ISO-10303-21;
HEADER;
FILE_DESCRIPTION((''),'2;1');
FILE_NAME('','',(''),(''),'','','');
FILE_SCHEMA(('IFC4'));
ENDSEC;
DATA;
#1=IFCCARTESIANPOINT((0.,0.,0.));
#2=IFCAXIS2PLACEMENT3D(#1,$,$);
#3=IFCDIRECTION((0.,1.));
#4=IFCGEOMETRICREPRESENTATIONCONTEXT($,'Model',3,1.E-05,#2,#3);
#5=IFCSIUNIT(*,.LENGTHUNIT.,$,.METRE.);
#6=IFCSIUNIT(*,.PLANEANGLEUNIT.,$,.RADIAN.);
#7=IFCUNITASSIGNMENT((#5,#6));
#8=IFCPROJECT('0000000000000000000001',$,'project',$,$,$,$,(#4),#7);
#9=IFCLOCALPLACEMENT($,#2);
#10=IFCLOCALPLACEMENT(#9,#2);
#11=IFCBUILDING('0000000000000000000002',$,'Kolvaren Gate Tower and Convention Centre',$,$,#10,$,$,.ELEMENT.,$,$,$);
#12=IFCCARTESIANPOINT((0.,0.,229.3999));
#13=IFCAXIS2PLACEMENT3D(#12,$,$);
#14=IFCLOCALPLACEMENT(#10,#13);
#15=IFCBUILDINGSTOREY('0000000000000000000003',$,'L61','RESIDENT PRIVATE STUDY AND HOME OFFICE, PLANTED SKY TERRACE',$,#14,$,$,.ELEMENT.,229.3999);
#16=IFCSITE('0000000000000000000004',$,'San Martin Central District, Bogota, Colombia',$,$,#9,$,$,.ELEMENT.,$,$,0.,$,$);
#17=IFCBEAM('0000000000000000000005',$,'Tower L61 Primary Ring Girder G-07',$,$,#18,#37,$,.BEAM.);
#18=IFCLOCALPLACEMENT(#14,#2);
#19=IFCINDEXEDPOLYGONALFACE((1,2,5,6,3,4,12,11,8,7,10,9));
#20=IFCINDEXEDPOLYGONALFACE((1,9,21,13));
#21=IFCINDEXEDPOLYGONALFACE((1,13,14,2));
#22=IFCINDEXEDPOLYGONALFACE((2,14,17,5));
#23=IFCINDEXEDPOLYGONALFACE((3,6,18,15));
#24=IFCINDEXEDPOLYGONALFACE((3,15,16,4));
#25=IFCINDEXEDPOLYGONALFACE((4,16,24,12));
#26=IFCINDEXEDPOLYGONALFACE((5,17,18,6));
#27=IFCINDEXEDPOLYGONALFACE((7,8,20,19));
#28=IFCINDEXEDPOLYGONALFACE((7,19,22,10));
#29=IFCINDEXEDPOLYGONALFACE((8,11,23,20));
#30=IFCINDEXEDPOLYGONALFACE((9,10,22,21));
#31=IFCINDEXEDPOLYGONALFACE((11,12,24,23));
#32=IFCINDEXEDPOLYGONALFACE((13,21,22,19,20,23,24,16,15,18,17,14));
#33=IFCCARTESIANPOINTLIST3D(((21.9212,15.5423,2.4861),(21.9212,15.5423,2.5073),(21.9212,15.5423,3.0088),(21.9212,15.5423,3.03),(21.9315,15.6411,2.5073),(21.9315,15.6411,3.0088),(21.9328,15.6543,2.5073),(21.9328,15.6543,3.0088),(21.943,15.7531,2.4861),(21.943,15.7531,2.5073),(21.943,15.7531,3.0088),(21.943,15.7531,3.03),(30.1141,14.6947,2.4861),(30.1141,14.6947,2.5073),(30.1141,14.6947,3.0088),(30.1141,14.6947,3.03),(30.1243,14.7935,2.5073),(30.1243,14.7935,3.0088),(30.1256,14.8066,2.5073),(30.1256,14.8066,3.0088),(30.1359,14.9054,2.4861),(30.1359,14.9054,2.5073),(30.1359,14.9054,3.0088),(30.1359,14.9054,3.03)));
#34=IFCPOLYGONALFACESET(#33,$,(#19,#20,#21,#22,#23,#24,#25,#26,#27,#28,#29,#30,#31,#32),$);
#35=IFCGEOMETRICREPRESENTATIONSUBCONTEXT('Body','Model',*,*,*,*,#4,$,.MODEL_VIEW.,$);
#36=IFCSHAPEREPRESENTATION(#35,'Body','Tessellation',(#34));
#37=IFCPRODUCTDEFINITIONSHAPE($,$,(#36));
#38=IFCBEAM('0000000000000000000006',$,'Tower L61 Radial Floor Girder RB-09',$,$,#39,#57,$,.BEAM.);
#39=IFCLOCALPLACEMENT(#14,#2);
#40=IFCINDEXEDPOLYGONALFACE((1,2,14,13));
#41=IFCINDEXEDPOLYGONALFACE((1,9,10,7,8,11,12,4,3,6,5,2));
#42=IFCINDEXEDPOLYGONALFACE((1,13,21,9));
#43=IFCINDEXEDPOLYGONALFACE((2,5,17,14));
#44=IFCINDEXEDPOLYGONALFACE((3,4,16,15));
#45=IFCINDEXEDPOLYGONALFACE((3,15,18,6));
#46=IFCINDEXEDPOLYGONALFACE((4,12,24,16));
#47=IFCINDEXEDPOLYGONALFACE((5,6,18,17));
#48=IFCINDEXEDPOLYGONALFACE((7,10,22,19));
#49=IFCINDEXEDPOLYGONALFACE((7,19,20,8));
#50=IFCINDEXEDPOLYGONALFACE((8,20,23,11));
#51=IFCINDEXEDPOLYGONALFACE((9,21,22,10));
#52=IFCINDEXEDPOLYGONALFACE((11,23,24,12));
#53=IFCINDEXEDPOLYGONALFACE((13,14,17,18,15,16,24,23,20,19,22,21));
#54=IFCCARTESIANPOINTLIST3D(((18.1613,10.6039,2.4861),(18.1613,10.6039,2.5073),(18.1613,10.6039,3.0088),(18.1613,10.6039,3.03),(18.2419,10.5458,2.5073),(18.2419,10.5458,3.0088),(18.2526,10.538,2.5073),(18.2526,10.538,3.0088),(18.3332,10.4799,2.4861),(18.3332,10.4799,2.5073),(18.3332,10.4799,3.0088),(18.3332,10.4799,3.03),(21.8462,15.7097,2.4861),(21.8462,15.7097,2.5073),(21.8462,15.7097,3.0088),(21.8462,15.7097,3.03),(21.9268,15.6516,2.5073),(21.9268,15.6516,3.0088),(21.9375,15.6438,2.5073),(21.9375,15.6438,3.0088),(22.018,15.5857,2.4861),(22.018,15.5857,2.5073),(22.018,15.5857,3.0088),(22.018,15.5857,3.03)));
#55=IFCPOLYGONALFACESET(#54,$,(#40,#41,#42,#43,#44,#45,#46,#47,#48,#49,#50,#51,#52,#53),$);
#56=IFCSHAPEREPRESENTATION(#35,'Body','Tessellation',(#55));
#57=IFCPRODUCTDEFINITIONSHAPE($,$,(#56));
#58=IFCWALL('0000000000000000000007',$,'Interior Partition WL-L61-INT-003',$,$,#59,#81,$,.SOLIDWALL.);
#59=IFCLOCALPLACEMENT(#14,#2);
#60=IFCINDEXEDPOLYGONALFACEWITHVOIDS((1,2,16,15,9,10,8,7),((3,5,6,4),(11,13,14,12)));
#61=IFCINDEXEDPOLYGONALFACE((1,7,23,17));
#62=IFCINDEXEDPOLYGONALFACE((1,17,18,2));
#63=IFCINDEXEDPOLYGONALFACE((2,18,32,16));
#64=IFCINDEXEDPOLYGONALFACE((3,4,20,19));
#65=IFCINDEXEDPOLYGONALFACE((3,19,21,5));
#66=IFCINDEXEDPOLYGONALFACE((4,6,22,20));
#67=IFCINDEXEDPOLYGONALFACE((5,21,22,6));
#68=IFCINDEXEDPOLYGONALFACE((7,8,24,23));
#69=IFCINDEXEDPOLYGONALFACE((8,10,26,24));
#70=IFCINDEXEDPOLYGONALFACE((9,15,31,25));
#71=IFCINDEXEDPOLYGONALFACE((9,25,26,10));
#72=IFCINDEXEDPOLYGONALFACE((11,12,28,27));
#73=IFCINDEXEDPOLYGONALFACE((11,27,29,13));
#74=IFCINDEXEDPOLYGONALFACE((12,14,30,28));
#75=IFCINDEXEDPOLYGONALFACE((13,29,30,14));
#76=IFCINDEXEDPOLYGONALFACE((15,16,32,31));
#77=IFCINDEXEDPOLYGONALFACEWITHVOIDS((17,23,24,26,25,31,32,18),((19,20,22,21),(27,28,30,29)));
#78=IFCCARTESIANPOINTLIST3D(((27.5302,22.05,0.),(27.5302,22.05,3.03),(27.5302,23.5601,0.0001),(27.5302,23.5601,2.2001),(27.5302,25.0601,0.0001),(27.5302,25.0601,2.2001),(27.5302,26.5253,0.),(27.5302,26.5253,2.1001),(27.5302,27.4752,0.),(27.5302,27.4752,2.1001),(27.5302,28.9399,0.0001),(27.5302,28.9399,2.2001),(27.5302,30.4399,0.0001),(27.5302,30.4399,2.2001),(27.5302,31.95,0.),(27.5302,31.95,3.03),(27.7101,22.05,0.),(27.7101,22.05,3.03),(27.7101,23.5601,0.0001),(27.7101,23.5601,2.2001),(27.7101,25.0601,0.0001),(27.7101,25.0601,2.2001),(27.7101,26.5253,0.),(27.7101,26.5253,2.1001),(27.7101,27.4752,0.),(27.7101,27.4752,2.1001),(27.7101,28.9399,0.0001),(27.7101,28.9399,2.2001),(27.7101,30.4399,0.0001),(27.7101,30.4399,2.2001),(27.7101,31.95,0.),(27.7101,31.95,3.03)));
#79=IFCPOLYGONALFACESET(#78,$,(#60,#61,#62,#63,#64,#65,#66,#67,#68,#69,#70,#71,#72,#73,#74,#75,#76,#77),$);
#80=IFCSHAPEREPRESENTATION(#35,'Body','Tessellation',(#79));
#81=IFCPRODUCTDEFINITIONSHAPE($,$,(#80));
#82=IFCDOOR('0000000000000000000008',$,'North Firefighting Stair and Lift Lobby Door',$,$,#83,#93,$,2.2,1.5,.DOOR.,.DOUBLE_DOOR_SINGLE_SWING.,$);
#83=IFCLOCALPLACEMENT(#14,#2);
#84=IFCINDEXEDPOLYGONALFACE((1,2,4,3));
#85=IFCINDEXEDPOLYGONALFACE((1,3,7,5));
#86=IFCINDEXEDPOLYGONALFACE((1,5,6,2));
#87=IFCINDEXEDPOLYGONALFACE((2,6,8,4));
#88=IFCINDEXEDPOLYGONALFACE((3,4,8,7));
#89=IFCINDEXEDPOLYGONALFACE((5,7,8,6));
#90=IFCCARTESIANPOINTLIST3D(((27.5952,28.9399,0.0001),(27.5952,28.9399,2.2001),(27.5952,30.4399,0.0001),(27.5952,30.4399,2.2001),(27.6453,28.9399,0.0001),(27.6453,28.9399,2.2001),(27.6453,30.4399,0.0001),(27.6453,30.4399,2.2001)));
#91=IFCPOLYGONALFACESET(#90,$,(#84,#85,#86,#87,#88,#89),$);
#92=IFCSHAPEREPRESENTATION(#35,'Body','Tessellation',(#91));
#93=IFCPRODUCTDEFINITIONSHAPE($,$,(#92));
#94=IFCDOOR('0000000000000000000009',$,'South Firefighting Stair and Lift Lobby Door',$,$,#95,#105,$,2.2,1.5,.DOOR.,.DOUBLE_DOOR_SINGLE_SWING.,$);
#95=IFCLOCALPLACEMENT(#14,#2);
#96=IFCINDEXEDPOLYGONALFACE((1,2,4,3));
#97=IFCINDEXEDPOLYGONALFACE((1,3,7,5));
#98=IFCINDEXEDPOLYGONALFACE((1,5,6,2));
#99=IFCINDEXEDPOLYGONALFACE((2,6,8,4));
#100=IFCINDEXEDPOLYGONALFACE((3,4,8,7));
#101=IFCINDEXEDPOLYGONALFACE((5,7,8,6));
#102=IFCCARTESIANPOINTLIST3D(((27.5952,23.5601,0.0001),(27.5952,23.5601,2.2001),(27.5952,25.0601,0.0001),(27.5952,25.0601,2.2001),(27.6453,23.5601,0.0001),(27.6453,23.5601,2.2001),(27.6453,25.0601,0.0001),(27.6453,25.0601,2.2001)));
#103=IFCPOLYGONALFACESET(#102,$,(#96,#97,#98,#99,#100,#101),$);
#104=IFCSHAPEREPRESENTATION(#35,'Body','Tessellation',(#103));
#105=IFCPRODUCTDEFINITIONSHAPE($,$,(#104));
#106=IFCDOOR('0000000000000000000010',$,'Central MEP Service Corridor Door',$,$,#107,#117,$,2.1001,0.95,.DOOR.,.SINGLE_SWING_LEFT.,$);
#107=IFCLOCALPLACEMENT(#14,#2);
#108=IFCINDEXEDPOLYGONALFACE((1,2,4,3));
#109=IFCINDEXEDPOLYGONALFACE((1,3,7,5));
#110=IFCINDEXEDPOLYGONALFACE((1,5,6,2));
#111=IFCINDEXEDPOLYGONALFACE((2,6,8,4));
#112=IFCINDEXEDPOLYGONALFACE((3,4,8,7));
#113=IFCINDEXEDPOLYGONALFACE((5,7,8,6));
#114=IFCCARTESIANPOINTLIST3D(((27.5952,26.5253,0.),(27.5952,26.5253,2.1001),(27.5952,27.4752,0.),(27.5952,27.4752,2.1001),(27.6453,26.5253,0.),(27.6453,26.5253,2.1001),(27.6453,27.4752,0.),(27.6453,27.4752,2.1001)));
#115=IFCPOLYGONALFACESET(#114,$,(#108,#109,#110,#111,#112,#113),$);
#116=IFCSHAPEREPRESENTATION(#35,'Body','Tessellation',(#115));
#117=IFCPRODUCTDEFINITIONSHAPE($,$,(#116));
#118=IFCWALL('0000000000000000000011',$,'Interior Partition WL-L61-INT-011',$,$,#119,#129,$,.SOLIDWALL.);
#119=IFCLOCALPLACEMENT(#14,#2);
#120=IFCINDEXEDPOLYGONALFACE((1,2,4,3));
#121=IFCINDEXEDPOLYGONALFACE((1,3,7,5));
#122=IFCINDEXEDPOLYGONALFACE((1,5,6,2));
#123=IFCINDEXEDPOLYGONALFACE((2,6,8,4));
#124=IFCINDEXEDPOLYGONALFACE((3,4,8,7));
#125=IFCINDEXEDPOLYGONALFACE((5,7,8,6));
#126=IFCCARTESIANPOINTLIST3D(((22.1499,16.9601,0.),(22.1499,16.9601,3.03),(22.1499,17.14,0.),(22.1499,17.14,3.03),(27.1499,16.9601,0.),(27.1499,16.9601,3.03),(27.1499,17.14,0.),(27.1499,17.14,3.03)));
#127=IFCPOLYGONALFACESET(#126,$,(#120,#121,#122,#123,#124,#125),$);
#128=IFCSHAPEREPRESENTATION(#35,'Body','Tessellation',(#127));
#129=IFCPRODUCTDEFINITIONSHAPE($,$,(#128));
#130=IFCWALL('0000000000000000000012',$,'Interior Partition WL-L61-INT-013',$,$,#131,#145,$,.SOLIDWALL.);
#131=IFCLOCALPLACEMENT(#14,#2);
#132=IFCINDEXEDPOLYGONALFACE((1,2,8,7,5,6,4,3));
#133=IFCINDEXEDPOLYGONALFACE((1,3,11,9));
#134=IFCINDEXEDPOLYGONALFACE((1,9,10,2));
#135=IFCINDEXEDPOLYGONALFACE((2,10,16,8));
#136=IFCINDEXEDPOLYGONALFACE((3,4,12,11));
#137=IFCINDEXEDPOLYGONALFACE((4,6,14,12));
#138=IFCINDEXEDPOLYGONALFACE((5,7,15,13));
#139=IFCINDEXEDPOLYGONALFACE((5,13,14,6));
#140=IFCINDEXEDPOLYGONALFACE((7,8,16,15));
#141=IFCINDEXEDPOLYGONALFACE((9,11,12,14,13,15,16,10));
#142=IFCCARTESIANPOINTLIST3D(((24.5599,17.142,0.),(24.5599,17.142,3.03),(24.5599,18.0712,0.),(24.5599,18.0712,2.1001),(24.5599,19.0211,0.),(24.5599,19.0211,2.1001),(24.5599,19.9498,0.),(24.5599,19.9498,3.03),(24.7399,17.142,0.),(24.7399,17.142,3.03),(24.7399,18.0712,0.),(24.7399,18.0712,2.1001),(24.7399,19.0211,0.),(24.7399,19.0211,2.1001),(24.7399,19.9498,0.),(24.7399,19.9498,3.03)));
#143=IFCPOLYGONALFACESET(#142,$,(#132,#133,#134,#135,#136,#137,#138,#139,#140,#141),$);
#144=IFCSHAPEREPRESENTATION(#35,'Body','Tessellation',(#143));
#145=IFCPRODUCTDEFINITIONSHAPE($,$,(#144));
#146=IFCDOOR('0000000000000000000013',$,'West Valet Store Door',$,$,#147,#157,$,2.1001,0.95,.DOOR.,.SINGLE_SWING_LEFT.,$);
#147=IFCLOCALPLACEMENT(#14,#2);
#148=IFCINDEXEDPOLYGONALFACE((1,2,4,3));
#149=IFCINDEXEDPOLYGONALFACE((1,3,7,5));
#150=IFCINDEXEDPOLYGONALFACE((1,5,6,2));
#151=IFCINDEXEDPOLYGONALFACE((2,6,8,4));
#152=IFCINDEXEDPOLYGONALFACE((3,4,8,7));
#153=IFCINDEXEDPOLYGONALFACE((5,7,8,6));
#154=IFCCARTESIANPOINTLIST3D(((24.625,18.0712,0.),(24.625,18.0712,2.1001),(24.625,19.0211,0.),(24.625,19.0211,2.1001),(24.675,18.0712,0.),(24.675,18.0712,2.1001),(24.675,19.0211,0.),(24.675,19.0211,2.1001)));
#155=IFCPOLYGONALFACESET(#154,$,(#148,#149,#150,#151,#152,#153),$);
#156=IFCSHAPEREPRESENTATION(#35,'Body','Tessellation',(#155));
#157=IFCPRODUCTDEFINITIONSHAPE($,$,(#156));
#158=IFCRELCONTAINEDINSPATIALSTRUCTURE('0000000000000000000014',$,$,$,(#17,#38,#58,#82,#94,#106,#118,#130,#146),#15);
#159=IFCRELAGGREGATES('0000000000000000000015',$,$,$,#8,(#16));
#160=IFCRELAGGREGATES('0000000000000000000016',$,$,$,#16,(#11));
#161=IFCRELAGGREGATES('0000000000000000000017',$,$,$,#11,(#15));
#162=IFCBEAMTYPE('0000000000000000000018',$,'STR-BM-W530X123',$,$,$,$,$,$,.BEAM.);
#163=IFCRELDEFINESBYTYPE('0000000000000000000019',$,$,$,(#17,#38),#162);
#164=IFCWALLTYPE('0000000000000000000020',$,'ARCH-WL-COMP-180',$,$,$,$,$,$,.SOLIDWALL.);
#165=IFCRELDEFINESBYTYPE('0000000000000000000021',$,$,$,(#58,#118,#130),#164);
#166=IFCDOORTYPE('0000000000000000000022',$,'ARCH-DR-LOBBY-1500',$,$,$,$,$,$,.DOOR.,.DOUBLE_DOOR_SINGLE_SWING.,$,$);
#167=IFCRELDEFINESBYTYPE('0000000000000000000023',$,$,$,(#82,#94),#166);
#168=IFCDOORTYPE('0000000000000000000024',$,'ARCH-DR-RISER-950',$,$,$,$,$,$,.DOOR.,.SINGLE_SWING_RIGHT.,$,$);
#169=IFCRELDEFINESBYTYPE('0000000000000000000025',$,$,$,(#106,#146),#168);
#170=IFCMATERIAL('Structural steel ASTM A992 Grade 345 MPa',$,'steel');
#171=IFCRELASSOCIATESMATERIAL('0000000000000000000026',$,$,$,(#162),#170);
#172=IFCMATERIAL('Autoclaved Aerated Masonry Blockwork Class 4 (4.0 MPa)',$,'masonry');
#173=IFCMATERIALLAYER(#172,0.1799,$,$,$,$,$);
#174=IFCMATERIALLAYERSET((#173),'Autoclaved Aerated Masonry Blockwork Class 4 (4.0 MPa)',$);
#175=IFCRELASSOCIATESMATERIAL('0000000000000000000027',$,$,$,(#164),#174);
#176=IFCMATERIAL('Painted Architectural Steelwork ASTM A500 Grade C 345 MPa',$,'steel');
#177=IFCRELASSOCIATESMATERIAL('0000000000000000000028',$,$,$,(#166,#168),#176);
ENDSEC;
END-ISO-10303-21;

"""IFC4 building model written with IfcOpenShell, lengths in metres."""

from ifc_helpers import new_model, si_unit, direction, frame, frame_2d, origin, origin_2d, place, context, subcontext, project, spatial, rectangle, i_section, extrude, material, layer, layer_set, material_profile, profile_set, type_object, element, fill, save


model = new_model("IFC4")

# Units and contexts
model_context = context("Model", 3, precision=1e-05, world=origin(), true_north=direction((0.0, 1.0)))
body_context = subcontext(model_context, "Body", "Model", "MODEL_VIEW")
ifc_project = project(units=[si_unit("LENGTHUNIT", "METRE"), si_unit("PLANEANGLEUNIT", "RADIAN")], contexts=[model_context])

# Site, building, storey
site_placement = place(None, origin())
site = spatial("IfcSite", under=ifc_project, at=site_placement, Name="San Martin Central District, Bogota, Colombia", CompositionType="ELEMENT", RefElevation=0.0)
building_placement = place(site_placement, origin())
building = spatial("IfcBuilding", under=site, at=building_placement, Name="Kolvaren Gate Tower and Convention Centre", CompositionType="ELEMENT")
storey_placement = place(building_placement, frame((0.0, 0.0, 229.3999)))
storey = spatial("IfcBuildingStorey", under=building, at=storey_placement, Name="L61", Description="RESIDENT PRIVATE STUDY AND HOME OFFICE, PLANTED SKY TERRACE", CompositionType="ELEMENT", Elevation=229.3999)

# Beams
ifc_material_1 = material(Name="Structural steel ASTM A992 Grade 345 MPa", Category="steel")
ifc_material_profile = material_profile(ifc_material_1, i_section(OverallWidth=0.2119, OverallDepth=0.5439, WebThickness=0.0132, FlangeThickness=0.0212, at=origin_2d()), Name="W530X123")
ifc_profile_set = profile_set([ifc_material_profile], Name="Structural steel ASTM A992 Grade 345 MPa")
beam_type = type_object("IfcBeamType", Name="STR-BM-W530X123", PredefinedType="BEAM", material=ifc_profile_set)
beam_1_placement = place(storey_placement, frame((21.9321, 15.6477, 2.7581), z_axis=(0.99469, -0.102913, 0.0), x_axis=(0.102913, 0.99469, 0.0)))
element("IfcBeam", 1, at=beam_1_placement, inside=storey, type_object=beam_type, Name="Tower L61 Primary Ring Girder G-07", PredefinedType="BEAM", context=body_context, shape_type="SweptSolid", body=[
    extrude(i_section(OverallWidth=0.2119, OverallDepth=0.5439, WebThickness=0.0132, FlangeThickness=0.0212, at=origin_2d()), origin(), (0.0, 0.0, 1.0), 8.2366),
])
beam_2_placement = place(storey_placement, frame((21.9321, 15.6477, 2.7581), z_axis=(-0.585214, -0.810879, 0.0), x_axis=(0.810879, -0.585214, 0.0)))
element("IfcBeam", 2, at=beam_2_placement, inside=storey, type_object=beam_type, Name="Tower L61 Radial Floor Girder RB-09", PredefinedType="BEAM", context=body_context, shape_type="SweptSolid", body=[
    extrude(i_section(OverallWidth=0.2119, OverallDepth=0.5439, WebThickness=0.0132, FlangeThickness=0.0212, at=origin_2d()), origin(), (0.0, 0.0, 1.0), 6.2966),
])

# Wall, openings, doors
ifc_material_2 = material(Name="Autoclaved Aerated Masonry Blockwork Class 4 (4.0 MPa)", Category="masonry")
ifc_layer_1 = layer(ifc_material_2, 0.1799)
ifc_layer_set_1 = layer_set([ifc_layer_1], Name="Autoclaved Aerated Masonry Blockwork Class 4 (4.0 MPa)")
wall_type_1 = type_object("IfcWallType", Name="ARCH-WL-COMP-180", PredefinedType="SOLIDWALL", material=ifc_layer_set_1)
wall_1_placement = place(storey_placement, frame((27.6201, 22.05, 0.0), z_axis=(0.0, 0.0, 1.0), x_axis=(0.0, 1.0, 0.0)))
wall_1 = element("IfcWall", 3, at=wall_1_placement, inside=storey, type_object=wall_type_1, Name="Interior Partition WL-L61-INT-003", PredefinedType="SOLIDWALL", context=body_context, shape_type="SweptSolid", body=[
    extrude(rectangle(XDim=9.8999, YDim=0.1799, at=frame_2d((4.95, 0.0))), origin(), (0.0, 0.0, 1.0), 3.03),
])
opening_1_placement = place(wall_1_placement, frame((4.4751, 0.0, 0.0)))
opening_1 = element("IfcOpeningElement", 4, at=opening_1_placement, cuts=wall_1, PredefinedType="OPENING", context=body_context, shape_type="SweptSolid", body=[
    extrude(rectangle(XDim=0.95, YDim=2.1001, at=frame_2d((0.4751, 1.05))), frame((0.0, 0.0999, 0.0), z_axis=(0.0, -1.0, 0.0), x_axis=(1.0, 0.0, 0.0)), (0.0, 0.0, 1.0), 0.2),
])
opening_2_placement = place(wall_1_placement, frame((6.8899, 0.0, 0.0)))
opening_2 = element("IfcOpeningElement", 5, at=opening_2_placement, cuts=wall_1, PredefinedType="OPENING", context=body_context, shape_type="SweptSolid", body=[
    extrude(rectangle(XDim=1.5, YDim=2.2, at=frame_2d((0.75, 1.1001))), frame((0.0, 0.0999, 0.0), z_axis=(0.0, -1.0, 0.0), x_axis=(1.0, 0.0, 0.0)), (0.0, 0.0, 1.0), 0.2),
])
opening_3_placement = place(wall_1_placement, frame((1.51, 0.0, 0.0)))
opening_3 = element("IfcOpeningElement", 6, at=opening_3_placement, cuts=wall_1, PredefinedType="OPENING", context=body_context, shape_type="SweptSolid", body=[
    extrude(rectangle(XDim=1.5, YDim=2.2, at=frame_2d((0.75, 1.1001))), frame((0.0, 0.0999, 0.0), z_axis=(0.0, -1.0, 0.0), x_axis=(1.0, 0.0, 0.0)), (0.0, 0.0, 1.0), 0.2),
])
ifc_material_3 = material(Name="Painted Architectural Steelwork ASTM A500 Grade C 345 MPa", Category="steel")
door_type_1 = type_object("IfcDoorType", Name="ARCH-DR-LOBBY-1500", OperationType="DOUBLE_DOOR_SINGLE_SWING", PredefinedType="DOOR", material=ifc_material_3)
door_1_placement = place(opening_2_placement, origin())
door_1 = element("IfcDoor", 7, at=door_1_placement, inside=storey, type_object=door_type_1, Name="North Firefighting Stair and Lift Lobby Door", OperationType="DOUBLE_DOOR_SINGLE_SWING", OverallHeight=2.2, OverallWidth=1.5, PredefinedType="DOOR", context=body_context, shape_type="SweptSolid", body=[
    extrude(rectangle(XDim=1.5, YDim=2.2, at=frame_2d((0.75, 1.1001))), frame((0.0, 0.0249, 0.0), z_axis=(0.0, -1.0, 0.0), x_axis=(1.0, 0.0, 0.0)), (0.0, 0.0, 1.0), 0.05),
])
fill(opening_2, door_1)
door_2_placement = place(opening_3_placement, origin())
door_2 = element("IfcDoor", 8, at=door_2_placement, inside=storey, type_object=door_type_1, Name="South Firefighting Stair and Lift Lobby Door", OperationType="DOUBLE_DOOR_SINGLE_SWING", OverallHeight=2.2, OverallWidth=1.5, PredefinedType="DOOR", context=body_context, shape_type="SweptSolid", body=[
    extrude(rectangle(XDim=1.5, YDim=2.2, at=frame_2d((0.75, 1.1001))), frame((0.0, 0.0249, 0.0), z_axis=(0.0, -1.0, 0.0), x_axis=(1.0, 0.0, 0.0)), (0.0, 0.0, 1.0), 0.05),
])
fill(opening_3, door_2)
door_type_2 = type_object("IfcDoorType", Name="ARCH-DR-RISER-950", OperationType="SINGLE_SWING_RIGHT", PredefinedType="DOOR", material=ifc_material_3)
door_3_placement = place(opening_1_placement, origin())
door_3 = element("IfcDoor", 9, at=door_3_placement, inside=storey, type_object=door_type_2, Name="Central MEP Service Corridor Door", OperationType="SINGLE_SWING_LEFT", OverallHeight=2.1001, OverallWidth=0.95, PredefinedType="DOOR", context=body_context, shape_type="SweptSolid", body=[
    extrude(rectangle(XDim=0.95, YDim=2.1001, at=frame_2d((0.4751, 1.05))), frame((0.0, 0.0249, 0.0), z_axis=(0.0, -1.0, 0.0), x_axis=(1.0, 0.0, 0.0)), (0.0, 0.0, 1.0), 0.05),
])
fill(opening_1, door_3)

# Wall
wall_2_placement = place(storey_placement, frame((22.1499, 17.05, 0.0), z_axis=(0.0, 0.0, 1.0), x_axis=(1.0, 0.0, 0.0)))
element("IfcWall", 10, at=wall_2_placement, inside=storey, type_object=wall_type_1, Name="Interior Partition WL-L61-INT-011", PredefinedType="SOLIDWALL", context=body_context, shape_type="SweptSolid", body=[
    extrude(rectangle(XDim=5.0, YDim=0.1799, at=frame_2d((2.5, 0.0))), origin(), (0.0, 0.0, 1.0), 3.03),
])

# Wall, opening, door
wall_3_placement = place(storey_placement, frame((24.6499, 17.1421, 0.0), z_axis=(0.0, 0.0, 1.0), x_axis=(0.0, 1.0, 0.0)))
wall_3 = element("IfcWall", 11, at=wall_3_placement, inside=storey, type_object=wall_type_1, Name="Interior Partition WL-L61-INT-013", PredefinedType="SOLIDWALL", context=body_context, shape_type="SweptSolid", body=[
    extrude(rectangle(XDim=2.8079, YDim=0.1799, at=frame_2d((1.4038, 0.0))), origin(), (0.0, 0.0, 1.0), 3.03),
])
opening_4_placement = place(wall_3_placement, frame((0.929, 0.0, 0.0)))
opening_4 = element("IfcOpeningElement", 12, at=opening_4_placement, cuts=wall_3, PredefinedType="OPENING", context=body_context, shape_type="SweptSolid", body=[
    extrude(rectangle(XDim=0.95, YDim=2.1001, at=frame_2d((0.4751, 1.05))), frame((0.0, 0.0999, 0.0), z_axis=(0.0, -1.0, 0.0), x_axis=(1.0, 0.0, 0.0)), (0.0, 0.0, 1.0), 0.2),
])
door_4_placement = place(opening_4_placement, origin())
door_4 = element("IfcDoor", 13, at=door_4_placement, inside=storey, type_object=door_type_2, Name="West Valet Store Door", OperationType="SINGLE_SWING_LEFT", OverallHeight=2.1001, OverallWidth=0.95, PredefinedType="DOOR", context=body_context, shape_type="SweptSolid", body=[
    extrude(rectangle(XDim=0.95, YDim=2.1001, at=frame_2d((0.4751, 1.05))), frame((0.0, 0.0249, 0.0), z_axis=(0.0, -1.0, 0.0), x_axis=(1.0, 0.0, 0.0)), (0.0, 0.0, 1.0), 0.05),
])
fill(opening_4, door_4)

save(model, "model.ifc")
